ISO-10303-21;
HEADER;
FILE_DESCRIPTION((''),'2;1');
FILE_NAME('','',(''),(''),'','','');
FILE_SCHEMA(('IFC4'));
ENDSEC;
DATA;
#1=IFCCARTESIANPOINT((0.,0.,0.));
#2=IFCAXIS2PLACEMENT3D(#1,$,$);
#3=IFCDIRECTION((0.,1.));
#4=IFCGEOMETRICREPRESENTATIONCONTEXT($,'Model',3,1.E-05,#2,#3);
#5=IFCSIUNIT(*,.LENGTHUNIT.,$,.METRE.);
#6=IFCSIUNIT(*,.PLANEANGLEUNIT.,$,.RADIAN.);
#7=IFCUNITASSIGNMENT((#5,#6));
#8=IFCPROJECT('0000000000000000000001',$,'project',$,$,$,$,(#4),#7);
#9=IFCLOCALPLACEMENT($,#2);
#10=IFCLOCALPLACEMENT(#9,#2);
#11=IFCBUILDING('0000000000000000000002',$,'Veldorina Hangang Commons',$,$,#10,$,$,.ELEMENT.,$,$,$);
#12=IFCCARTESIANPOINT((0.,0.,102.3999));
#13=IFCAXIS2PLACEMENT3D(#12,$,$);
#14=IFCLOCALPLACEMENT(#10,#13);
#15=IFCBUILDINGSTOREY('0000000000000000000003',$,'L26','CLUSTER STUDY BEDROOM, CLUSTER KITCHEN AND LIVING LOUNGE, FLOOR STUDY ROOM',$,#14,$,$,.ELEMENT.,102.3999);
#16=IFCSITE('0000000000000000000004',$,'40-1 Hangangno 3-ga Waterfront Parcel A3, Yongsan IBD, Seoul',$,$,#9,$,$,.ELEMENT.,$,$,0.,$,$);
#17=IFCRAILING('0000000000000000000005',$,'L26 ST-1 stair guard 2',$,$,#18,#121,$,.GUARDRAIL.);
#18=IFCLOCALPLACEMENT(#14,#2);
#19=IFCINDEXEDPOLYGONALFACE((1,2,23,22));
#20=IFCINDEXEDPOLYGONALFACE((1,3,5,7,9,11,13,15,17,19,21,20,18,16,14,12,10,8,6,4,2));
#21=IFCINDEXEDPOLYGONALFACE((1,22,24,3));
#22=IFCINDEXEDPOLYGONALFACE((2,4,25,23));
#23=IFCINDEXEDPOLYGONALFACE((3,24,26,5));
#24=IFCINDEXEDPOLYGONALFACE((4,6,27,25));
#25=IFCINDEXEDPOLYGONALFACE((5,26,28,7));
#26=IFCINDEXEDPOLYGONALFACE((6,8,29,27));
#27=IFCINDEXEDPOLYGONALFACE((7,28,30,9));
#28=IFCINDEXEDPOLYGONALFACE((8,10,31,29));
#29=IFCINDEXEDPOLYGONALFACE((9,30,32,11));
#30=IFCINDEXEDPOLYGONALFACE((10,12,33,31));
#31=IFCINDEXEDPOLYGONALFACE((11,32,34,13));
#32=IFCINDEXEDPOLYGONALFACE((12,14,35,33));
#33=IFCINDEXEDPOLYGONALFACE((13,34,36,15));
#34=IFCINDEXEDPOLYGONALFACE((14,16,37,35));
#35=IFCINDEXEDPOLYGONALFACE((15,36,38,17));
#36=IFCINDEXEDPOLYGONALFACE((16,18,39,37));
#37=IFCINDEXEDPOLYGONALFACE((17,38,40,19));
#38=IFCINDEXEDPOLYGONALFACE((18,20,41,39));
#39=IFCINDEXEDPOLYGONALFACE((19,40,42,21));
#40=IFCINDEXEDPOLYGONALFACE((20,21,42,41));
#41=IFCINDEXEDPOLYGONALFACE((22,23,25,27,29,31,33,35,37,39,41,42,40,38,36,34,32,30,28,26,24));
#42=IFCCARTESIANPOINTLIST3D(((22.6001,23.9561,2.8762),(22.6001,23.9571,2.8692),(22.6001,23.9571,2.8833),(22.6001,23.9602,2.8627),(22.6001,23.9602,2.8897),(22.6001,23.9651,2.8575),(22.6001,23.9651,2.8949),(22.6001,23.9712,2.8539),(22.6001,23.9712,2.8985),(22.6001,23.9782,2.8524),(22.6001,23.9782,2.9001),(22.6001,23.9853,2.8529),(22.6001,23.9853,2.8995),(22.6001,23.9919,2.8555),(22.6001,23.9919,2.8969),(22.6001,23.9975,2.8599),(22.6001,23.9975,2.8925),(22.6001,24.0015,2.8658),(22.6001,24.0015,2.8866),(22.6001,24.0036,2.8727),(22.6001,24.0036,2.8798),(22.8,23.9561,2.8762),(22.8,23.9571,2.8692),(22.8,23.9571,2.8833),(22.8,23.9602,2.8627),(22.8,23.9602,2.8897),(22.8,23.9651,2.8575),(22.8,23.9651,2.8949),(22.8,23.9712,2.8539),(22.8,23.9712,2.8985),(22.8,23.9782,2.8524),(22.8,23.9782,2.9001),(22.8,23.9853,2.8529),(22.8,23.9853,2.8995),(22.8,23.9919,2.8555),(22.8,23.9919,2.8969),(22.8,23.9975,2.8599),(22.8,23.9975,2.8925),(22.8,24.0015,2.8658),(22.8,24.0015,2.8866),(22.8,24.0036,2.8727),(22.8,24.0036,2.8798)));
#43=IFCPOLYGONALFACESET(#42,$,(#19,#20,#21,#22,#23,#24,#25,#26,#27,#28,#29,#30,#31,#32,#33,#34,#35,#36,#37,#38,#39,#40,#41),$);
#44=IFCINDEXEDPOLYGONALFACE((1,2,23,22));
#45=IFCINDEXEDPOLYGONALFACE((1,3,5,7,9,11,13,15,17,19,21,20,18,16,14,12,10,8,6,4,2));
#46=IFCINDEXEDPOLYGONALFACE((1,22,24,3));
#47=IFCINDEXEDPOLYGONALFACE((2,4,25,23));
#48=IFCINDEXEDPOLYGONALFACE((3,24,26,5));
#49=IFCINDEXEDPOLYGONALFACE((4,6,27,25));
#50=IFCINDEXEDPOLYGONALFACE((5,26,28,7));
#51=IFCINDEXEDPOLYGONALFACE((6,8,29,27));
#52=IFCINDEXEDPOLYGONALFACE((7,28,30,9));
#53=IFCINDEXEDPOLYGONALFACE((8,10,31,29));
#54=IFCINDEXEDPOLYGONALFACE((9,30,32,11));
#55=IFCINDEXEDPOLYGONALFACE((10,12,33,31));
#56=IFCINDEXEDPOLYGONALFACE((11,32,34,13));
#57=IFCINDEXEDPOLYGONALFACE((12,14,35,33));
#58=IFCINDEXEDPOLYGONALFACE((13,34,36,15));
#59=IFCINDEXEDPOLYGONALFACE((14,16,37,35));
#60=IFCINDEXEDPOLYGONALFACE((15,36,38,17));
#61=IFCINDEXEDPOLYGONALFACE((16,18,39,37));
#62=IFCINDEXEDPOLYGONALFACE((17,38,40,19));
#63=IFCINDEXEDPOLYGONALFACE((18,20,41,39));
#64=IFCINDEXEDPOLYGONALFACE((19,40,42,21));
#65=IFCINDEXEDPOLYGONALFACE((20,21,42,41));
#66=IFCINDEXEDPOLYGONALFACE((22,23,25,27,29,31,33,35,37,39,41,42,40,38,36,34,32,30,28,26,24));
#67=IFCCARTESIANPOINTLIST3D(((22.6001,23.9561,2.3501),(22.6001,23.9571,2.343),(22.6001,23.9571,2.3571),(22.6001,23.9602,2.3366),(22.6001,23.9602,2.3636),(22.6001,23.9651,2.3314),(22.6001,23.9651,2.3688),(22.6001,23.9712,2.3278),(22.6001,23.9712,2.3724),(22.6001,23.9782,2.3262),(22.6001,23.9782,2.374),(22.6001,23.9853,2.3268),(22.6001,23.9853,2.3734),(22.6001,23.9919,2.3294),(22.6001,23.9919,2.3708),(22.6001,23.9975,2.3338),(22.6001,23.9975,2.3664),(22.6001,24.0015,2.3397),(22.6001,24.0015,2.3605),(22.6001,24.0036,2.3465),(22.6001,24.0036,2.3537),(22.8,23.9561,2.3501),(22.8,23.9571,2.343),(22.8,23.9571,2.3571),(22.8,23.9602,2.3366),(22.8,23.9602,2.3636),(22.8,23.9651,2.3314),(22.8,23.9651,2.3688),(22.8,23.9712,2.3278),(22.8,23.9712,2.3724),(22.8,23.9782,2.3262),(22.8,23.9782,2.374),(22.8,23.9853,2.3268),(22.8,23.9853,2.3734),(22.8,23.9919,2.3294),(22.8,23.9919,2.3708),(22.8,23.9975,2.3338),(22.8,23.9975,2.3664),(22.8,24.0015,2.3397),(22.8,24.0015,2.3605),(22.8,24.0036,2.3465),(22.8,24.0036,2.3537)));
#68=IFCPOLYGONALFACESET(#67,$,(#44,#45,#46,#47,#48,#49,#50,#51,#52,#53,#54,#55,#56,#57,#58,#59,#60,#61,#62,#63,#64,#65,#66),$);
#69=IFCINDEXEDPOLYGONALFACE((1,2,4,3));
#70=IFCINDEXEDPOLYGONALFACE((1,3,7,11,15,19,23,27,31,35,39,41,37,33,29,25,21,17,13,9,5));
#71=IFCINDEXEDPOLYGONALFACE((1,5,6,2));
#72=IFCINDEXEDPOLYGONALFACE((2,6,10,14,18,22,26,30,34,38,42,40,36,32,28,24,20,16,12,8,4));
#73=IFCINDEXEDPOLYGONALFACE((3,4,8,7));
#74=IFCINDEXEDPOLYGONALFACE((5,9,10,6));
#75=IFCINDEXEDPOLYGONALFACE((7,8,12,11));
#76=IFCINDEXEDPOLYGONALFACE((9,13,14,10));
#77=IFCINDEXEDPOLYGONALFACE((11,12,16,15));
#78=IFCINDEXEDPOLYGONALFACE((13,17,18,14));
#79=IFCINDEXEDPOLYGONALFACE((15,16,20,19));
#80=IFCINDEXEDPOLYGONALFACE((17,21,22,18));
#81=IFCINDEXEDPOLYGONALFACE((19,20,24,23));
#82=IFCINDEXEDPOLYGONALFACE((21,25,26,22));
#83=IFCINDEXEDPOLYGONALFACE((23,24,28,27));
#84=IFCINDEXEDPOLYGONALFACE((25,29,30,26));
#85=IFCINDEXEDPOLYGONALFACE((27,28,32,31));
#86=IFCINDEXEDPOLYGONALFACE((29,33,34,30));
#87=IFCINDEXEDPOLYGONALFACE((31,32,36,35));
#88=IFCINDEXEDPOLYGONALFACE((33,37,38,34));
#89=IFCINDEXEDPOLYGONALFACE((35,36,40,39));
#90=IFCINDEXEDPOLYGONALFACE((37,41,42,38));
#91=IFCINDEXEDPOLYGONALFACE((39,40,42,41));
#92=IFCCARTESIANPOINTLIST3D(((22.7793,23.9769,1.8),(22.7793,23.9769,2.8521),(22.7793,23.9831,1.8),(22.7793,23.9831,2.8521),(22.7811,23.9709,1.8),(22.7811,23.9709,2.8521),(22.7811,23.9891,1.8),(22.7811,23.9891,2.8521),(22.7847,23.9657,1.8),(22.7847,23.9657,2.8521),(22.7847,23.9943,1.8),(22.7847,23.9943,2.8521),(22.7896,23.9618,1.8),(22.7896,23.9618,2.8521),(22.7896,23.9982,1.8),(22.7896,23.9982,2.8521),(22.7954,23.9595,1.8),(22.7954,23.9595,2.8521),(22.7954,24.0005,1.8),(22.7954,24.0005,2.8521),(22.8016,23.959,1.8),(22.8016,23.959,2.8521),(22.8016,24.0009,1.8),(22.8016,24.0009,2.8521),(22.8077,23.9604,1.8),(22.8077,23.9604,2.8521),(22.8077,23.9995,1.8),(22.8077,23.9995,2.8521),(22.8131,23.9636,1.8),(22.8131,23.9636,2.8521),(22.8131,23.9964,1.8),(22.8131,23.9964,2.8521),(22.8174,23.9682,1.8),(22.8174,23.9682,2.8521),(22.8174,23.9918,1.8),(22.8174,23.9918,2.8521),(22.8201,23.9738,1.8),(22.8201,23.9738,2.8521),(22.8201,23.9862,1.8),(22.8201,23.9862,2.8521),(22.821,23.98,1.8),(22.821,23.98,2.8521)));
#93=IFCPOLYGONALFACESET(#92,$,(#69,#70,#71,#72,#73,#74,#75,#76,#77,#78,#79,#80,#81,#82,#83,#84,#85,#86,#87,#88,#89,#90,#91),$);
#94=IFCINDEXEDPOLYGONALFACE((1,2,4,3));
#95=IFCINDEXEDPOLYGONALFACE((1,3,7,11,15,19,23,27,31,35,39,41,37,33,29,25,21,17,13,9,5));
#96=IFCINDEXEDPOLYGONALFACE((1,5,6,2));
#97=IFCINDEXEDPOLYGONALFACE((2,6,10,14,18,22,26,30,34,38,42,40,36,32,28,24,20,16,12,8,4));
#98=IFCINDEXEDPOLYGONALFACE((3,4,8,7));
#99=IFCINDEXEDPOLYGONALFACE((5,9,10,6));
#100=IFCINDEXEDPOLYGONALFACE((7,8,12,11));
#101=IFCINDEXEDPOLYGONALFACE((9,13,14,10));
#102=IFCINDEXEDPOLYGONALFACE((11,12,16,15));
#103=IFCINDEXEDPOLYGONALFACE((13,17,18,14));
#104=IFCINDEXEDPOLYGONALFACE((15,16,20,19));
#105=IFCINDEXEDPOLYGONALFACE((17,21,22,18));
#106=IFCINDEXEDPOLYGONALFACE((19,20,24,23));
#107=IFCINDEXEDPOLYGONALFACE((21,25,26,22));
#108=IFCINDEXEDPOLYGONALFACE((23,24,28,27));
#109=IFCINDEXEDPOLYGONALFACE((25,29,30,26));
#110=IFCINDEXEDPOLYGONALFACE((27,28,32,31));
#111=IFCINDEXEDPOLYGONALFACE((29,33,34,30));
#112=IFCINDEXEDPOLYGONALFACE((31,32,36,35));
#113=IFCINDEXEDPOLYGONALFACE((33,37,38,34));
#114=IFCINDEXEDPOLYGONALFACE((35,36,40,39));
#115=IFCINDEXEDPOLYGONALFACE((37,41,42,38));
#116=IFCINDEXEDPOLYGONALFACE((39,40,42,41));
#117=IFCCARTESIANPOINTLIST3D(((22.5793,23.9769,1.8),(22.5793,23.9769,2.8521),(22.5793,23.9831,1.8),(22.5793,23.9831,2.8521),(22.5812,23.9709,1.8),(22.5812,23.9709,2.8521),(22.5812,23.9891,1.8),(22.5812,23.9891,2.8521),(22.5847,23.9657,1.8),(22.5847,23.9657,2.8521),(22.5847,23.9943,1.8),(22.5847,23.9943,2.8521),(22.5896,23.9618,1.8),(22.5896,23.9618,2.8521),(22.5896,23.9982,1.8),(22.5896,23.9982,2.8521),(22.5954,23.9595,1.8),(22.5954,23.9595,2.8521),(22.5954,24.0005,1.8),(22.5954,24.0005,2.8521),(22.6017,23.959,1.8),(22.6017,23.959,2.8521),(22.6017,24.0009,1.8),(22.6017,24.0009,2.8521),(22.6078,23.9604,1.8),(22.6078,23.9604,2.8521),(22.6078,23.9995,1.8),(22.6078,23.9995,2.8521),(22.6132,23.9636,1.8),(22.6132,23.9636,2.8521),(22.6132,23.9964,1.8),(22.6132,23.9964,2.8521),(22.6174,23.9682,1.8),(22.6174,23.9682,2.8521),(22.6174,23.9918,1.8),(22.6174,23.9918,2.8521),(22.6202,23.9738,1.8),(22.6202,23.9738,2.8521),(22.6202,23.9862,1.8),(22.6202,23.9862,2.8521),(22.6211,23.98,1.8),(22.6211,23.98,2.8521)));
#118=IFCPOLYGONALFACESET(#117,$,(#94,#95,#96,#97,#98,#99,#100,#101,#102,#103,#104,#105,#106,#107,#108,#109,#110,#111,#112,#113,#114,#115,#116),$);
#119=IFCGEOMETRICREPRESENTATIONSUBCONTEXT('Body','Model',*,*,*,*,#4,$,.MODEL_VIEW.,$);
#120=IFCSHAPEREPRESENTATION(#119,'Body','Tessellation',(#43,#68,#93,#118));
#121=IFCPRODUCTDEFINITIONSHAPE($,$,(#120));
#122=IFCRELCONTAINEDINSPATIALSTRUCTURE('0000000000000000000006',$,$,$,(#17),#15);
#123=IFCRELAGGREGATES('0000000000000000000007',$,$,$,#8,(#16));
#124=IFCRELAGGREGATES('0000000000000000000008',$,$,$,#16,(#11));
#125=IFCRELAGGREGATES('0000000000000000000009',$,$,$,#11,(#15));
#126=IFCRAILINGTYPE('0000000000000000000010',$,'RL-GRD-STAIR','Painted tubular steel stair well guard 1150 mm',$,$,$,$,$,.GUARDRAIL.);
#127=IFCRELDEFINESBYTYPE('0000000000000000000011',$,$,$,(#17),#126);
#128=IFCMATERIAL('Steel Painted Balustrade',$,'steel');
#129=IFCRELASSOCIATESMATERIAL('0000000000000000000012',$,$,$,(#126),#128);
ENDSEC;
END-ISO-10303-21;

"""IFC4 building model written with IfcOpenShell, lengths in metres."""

from ifc_helpers import new_model, si_unit, direction, frame, origin, origin_2d, place, context, subcontext, project, spatial, circle, extrude, material, type_object, element, save


model = new_model("IFC4")

# Units and contexts
model_context = context("Model", 3, precision=1e-05, world=origin(), true_north=direction((0.0, 1.0)))
body_context = subcontext(model_context, "Body", "Model", "MODEL_VIEW")
ifc_project = project(units=[si_unit("LENGTHUNIT", "METRE"), si_unit("PLANEANGLEUNIT", "RADIAN")], contexts=[model_context])

# Site, building, storey
site_placement = place(None, origin())
site = spatial("IfcSite", under=ifc_project, at=site_placement, Name="40-1 Hangangno 3-ga Waterfront Parcel A3, Yongsan IBD, Seoul", CompositionType="ELEMENT", RefElevation=0.0)
building_placement = place(site_placement, origin())
building = spatial("IfcBuilding", under=site, at=building_placement, Name="Veldorina Hangang Commons", CompositionType="ELEMENT")
storey_placement = place(building_placement, frame((0.0, 0.0, 102.3999)))
storey = spatial("IfcBuildingStorey", under=building, at=storey_placement, Name="L26", Description="CLUSTER STUDY BEDROOM, CLUSTER KITCHEN AND LIVING LOUNGE, FLOOR STUDY ROOM", CompositionType="ELEMENT", Elevation=102.3999)

# Railing
ifc_material_1 = material(Name="Steel Painted Balustrade", Category="steel")
railing_type_1 = type_object("IfcRailingType", Name="RL-GRD-STAIR", Description="Painted tubular steel stair well guard 1150 mm", PredefinedType="GUARDRAIL", material=ifc_material_1)
railing_1_placement = place(storey_placement, frame((22.8, 23.98, 1.8)))
element("IfcRailing", 1, at=railing_1_placement, inside=storey, type_object=railing_type_1, Name="L26 ST-1 stair guard 2", PredefinedType="GUARDRAIL", context=body_context, shape_type="SweptSolid", body=[
    extrude(circle(Radius=0.0239, at=origin_2d()), frame((0.0, 0.0, 1.0762), z_axis=(-1.0, 0.0, 0.0), x_axis=(0.0, -1.0, 0.0)), (0.0, 0.0, 1.0), 0.2),
    extrude(circle(Radius=0.0239, at=origin_2d()), frame((0.0, 0.0, 0.55), z_axis=(-1.0, 0.0, 0.0), x_axis=(0.0, -1.0, 0.0)), (0.0, 0.0, 1.0), 0.2),
    extrude(circle(Radius=0.021, at=origin_2d()), origin(), (0.0, 0.0, 1.0), 1.052),
    extrude(circle(Radius=0.021, at=origin_2d()), frame((-0.2, 0.0, 0.0)), (0.0, 0.0, 1.0), 1.052),
])

save(model, "model.ifc")
